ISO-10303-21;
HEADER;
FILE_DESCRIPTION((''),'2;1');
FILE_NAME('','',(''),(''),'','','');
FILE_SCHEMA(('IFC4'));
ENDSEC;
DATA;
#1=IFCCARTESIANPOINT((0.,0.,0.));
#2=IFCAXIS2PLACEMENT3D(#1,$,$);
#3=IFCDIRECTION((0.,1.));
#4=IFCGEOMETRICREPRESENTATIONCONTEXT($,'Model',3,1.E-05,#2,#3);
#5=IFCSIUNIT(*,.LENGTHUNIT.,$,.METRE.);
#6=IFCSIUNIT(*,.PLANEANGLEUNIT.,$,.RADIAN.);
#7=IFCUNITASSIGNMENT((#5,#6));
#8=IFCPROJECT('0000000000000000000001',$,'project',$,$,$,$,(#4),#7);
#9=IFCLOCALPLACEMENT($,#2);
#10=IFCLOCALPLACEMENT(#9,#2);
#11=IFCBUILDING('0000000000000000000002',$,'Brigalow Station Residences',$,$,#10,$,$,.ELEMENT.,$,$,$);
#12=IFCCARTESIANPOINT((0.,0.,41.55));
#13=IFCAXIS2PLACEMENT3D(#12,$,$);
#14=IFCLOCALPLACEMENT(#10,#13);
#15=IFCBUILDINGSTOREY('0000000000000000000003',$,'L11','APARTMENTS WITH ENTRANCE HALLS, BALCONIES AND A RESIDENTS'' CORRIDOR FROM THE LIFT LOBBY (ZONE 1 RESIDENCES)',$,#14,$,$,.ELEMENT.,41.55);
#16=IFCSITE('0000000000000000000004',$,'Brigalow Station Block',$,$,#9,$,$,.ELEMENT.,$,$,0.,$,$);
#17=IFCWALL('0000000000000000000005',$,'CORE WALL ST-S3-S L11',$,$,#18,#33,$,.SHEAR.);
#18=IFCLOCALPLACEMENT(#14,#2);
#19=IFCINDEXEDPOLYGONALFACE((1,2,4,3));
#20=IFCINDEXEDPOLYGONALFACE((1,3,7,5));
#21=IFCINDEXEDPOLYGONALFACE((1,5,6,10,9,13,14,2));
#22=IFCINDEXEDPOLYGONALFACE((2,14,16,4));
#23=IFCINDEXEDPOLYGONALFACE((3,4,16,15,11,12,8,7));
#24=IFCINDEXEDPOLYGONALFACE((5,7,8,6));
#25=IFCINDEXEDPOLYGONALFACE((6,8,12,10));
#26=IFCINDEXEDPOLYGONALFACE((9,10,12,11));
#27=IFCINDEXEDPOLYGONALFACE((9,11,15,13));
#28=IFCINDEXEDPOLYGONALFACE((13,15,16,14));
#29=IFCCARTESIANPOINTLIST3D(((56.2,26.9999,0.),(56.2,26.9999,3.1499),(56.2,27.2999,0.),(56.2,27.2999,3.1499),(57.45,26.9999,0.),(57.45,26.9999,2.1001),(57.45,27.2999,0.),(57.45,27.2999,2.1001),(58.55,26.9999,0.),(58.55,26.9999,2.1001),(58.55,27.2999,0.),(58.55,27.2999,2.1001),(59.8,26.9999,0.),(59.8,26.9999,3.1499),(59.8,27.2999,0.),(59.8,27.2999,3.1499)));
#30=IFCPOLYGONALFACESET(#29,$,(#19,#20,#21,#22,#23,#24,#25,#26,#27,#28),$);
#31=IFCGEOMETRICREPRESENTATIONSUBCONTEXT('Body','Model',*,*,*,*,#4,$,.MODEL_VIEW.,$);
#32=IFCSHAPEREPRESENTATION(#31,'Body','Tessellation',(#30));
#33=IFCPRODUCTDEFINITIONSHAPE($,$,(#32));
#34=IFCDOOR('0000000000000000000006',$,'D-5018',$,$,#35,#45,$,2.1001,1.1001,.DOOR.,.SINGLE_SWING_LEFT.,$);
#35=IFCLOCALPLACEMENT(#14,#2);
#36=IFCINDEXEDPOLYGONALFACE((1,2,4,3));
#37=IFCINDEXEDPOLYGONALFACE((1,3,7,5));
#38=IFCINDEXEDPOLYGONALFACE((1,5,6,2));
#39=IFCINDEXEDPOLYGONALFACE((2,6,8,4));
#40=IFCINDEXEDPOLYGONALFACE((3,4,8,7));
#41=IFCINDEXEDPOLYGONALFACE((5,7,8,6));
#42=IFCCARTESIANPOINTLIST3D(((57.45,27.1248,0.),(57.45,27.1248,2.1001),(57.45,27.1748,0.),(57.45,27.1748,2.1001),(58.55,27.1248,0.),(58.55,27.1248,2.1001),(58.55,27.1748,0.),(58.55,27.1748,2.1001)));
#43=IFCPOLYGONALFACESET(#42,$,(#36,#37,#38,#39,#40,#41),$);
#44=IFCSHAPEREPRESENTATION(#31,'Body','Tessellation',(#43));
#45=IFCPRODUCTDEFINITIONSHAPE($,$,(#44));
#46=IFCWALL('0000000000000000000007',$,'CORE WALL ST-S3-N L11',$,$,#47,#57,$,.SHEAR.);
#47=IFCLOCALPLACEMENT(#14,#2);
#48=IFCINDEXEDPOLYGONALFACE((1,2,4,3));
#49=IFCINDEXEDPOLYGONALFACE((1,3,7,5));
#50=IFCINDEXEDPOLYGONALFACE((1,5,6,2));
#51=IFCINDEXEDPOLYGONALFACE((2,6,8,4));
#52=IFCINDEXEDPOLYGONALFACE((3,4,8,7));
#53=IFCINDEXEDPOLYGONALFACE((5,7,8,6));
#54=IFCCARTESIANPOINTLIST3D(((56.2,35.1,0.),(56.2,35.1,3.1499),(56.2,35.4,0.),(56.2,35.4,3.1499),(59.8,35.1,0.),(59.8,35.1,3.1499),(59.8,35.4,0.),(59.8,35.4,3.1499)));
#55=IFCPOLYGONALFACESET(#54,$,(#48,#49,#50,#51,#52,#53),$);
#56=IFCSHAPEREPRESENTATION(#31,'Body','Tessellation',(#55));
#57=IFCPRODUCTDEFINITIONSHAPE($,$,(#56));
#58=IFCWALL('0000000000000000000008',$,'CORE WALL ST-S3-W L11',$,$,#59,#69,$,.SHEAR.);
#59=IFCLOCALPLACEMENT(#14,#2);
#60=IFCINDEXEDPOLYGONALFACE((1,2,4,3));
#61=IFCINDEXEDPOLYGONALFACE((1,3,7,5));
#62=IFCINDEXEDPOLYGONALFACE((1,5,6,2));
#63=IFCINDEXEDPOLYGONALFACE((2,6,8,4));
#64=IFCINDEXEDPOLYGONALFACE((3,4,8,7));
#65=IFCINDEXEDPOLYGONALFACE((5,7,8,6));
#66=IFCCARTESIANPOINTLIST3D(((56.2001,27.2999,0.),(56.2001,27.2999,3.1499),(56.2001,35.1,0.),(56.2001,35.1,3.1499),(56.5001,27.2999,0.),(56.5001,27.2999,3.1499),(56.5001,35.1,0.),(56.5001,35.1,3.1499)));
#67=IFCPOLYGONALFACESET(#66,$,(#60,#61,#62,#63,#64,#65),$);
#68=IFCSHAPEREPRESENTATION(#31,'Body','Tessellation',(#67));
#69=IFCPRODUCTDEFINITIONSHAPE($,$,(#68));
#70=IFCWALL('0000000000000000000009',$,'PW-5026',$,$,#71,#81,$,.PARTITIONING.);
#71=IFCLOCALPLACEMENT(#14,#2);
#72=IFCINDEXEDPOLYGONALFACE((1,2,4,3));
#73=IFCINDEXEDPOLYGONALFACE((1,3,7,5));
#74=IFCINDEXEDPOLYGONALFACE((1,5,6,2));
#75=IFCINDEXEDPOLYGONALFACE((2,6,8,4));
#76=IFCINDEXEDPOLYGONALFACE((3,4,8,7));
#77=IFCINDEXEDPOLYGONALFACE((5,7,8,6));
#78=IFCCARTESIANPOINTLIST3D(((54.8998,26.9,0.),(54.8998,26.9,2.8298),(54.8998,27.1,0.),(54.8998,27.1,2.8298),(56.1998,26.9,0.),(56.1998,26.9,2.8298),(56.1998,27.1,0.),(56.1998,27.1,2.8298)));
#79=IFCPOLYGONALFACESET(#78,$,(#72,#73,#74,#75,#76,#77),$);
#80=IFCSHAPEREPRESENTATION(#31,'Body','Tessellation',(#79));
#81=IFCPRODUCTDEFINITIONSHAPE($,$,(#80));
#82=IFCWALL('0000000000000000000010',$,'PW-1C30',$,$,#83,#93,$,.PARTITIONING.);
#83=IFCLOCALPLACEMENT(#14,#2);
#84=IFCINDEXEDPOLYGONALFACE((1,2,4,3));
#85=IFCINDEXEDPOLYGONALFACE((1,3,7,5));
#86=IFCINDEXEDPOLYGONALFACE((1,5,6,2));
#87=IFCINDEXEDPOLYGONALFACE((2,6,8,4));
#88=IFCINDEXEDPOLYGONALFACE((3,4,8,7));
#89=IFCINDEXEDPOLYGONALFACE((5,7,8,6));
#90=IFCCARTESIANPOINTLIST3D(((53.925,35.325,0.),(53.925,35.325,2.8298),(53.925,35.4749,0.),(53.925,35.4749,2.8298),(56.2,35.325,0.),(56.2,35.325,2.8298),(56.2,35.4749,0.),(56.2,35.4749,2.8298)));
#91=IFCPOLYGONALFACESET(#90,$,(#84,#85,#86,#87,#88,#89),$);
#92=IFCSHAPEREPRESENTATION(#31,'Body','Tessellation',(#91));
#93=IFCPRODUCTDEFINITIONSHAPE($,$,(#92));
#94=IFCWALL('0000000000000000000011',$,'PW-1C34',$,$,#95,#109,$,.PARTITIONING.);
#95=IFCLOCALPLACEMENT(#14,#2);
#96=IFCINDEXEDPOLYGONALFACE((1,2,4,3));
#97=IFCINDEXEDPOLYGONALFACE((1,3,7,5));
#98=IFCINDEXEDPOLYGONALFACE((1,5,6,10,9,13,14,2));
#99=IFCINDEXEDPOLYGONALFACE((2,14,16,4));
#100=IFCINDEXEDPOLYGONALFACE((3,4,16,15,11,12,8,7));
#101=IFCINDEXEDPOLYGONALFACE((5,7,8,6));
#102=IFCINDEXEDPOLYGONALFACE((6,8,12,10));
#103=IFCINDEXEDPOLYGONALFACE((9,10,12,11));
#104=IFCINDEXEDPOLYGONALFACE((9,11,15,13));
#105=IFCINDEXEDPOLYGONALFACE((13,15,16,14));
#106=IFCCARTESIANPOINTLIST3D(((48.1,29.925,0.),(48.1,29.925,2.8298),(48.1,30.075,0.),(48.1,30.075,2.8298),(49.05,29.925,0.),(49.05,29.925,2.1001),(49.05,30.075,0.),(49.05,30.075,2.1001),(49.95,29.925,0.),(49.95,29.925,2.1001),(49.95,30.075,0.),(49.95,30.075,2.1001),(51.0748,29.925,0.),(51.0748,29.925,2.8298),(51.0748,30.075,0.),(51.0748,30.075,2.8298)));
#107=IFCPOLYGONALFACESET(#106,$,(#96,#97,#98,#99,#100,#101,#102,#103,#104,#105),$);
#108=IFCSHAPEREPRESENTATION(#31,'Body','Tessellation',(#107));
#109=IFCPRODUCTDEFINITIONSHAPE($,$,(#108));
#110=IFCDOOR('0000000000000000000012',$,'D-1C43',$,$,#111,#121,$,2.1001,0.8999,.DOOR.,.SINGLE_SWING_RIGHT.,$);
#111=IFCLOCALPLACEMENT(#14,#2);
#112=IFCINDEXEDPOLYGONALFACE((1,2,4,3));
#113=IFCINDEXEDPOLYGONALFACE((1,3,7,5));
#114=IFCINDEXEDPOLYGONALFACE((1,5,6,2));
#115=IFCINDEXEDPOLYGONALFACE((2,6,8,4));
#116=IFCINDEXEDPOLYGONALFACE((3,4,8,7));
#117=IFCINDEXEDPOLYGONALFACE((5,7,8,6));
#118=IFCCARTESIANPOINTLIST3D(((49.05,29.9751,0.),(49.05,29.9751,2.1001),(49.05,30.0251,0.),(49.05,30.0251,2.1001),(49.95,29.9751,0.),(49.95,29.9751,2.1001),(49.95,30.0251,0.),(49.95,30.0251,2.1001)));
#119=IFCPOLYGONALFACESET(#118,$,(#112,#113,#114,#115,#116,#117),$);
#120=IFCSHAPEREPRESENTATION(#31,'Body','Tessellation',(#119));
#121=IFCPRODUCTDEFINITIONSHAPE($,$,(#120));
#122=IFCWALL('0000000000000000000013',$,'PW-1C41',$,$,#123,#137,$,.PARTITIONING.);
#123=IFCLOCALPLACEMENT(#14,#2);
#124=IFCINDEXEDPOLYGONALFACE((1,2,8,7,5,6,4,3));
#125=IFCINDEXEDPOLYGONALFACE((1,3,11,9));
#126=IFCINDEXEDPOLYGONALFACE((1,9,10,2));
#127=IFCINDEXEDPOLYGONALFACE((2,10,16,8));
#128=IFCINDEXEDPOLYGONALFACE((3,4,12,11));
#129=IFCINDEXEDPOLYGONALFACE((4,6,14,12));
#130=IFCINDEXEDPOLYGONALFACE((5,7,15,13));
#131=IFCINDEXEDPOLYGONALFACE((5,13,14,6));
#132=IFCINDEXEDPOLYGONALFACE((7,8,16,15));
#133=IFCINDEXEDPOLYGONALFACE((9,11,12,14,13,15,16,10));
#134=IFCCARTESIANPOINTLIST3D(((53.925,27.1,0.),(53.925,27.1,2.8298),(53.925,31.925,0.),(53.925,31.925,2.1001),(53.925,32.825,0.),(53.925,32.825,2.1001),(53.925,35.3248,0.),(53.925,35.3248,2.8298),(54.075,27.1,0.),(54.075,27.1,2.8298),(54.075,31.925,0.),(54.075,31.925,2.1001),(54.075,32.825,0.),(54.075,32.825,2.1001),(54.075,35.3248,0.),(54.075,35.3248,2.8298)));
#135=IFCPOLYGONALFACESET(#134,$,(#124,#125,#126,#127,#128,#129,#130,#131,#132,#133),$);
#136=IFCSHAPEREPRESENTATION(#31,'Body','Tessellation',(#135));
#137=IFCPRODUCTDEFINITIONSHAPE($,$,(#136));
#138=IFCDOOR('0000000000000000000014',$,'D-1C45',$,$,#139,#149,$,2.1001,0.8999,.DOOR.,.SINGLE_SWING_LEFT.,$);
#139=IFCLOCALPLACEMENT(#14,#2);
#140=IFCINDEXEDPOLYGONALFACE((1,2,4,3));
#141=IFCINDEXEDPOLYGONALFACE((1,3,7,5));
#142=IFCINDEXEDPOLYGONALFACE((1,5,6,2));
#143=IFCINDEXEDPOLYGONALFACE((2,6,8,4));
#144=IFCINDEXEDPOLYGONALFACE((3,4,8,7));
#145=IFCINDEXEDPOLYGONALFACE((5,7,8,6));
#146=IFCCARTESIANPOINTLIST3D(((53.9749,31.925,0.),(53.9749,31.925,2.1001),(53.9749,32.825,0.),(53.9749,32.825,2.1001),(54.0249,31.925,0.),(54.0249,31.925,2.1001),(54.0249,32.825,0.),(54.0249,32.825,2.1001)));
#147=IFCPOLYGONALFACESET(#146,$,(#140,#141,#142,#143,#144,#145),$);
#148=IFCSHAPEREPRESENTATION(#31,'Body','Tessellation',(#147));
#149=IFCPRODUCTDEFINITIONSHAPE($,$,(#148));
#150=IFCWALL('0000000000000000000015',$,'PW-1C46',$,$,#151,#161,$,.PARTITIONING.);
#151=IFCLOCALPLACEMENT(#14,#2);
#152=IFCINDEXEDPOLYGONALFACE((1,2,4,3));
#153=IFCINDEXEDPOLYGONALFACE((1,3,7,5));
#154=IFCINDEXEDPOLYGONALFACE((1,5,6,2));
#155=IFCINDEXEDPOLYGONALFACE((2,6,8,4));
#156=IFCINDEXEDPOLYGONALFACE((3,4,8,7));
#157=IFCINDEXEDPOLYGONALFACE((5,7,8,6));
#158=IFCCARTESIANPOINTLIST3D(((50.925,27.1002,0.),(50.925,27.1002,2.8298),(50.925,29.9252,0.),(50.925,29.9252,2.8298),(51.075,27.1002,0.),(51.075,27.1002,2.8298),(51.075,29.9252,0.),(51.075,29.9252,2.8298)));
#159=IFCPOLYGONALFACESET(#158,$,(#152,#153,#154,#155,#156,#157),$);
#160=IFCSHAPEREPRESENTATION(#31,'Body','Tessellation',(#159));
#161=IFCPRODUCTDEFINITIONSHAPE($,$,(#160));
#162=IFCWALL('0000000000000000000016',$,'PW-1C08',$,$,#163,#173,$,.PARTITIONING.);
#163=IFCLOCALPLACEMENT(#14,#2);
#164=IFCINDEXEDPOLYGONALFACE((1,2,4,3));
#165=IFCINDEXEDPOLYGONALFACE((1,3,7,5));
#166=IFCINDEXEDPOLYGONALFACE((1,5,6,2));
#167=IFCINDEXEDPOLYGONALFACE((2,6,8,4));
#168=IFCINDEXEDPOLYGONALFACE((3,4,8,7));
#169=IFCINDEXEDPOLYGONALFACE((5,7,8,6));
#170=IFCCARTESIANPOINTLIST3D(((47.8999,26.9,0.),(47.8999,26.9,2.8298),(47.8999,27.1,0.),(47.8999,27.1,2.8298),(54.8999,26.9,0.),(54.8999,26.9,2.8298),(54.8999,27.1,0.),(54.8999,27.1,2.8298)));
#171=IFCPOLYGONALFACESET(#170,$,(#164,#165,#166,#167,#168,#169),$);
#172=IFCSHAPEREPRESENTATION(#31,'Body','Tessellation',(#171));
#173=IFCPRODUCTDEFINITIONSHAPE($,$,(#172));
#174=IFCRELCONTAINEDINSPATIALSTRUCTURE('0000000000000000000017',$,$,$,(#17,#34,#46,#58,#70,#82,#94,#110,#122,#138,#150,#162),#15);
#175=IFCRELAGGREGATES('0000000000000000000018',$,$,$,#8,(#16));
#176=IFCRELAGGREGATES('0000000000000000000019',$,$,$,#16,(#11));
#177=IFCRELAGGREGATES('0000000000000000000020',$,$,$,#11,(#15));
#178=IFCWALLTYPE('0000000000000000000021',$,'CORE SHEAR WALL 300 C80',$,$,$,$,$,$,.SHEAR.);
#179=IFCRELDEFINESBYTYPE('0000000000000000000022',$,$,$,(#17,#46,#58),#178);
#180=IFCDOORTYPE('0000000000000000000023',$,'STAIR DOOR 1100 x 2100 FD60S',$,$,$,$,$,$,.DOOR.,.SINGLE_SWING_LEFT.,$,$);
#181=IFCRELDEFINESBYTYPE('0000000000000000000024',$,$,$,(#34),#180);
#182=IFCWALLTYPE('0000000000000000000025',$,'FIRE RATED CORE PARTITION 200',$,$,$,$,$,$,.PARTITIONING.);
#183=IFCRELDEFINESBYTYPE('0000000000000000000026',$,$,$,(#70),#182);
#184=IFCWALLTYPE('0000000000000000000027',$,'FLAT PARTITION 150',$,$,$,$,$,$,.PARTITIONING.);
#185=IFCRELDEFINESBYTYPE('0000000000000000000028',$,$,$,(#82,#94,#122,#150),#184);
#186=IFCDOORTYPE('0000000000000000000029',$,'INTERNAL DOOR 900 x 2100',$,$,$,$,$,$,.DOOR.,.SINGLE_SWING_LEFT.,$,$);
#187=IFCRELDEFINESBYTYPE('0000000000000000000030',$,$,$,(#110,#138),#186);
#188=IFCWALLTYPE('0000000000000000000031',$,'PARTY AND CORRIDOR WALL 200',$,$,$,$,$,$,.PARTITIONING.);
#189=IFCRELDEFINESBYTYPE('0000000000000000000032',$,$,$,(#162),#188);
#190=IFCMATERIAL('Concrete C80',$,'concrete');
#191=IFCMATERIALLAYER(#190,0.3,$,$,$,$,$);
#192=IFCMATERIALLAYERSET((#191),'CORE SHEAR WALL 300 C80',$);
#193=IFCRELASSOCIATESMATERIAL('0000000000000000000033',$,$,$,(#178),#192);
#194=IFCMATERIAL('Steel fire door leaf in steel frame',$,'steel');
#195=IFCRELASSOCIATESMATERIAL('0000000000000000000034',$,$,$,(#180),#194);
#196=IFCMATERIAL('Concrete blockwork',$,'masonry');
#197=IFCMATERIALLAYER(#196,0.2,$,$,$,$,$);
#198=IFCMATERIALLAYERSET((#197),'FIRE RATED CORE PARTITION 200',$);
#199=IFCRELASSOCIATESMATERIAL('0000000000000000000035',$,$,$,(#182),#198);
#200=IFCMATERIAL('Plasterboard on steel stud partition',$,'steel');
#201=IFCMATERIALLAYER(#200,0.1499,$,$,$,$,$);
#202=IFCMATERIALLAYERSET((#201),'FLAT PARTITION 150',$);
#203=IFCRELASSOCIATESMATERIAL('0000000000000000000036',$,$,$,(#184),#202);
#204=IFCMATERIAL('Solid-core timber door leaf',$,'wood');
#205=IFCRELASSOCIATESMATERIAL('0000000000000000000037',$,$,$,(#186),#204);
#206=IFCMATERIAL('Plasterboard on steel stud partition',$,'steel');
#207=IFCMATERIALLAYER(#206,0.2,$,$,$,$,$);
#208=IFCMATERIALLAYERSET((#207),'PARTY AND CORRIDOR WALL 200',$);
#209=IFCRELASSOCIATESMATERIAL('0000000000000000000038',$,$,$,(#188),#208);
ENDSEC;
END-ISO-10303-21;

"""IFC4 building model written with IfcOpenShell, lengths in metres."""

from ifc_helpers import new_model, si_unit, direction, frame, frame_2d, origin, place, context, subcontext, project, spatial, rectangle, extrude, material, layer, layer_set, type_object, element, fill, save


model = new_model("IFC4")

# Units and contexts
model_context = context("Model", 3, precision=1e-05, world=origin(), true_north=direction((0.0, 1.0)))
body_context = subcontext(model_context, "Body", "Model", "MODEL_VIEW")
ifc_project = project(units=[si_unit("LENGTHUNIT", "METRE"), si_unit("PLANEANGLEUNIT", "RADIAN")], contexts=[model_context])

# Site, building, storey
site_placement = place(None, origin())
site = spatial("IfcSite", under=ifc_project, at=site_placement, Name="Brigalow Station Block", CompositionType="ELEMENT", RefElevation=0.0)
building_placement = place(site_placement, origin())
building = spatial("IfcBuilding", under=site, at=building_placement, Name="Brigalow Station Residences", CompositionType="ELEMENT")
storey_placement = place(building_placement, frame((0.0, 0.0, 41.55)))
storey = spatial("IfcBuildingStorey", under=building, at=storey_placement, Name="L11", Description="APARTMENTS WITH ENTRANCE HALLS, BALCONIES AND A RESIDENTS' CORRIDOR FROM THE LIFT LOBBY (ZONE 1 RESIDENCES)", CompositionType="ELEMENT", Elevation=41.55)

# Wall, opening, door
ifc_material_1 = material(Name="Concrete C80", Category="concrete")
ifc_layer_1 = layer(ifc_material_1, 0.3)
ifc_layer_set_1 = layer_set([ifc_layer_1], Name="CORE SHEAR WALL 300 C80")
wall_type_1 = type_object("IfcWallType", Name="CORE SHEAR WALL 300 C80", PredefinedType="SHEAR", material=ifc_layer_set_1)
wall_1_placement = place(storey_placement, frame((56.2, 27.1499, 0.0), z_axis=(0.0, 0.0, 1.0), x_axis=(1.0, 0.0, 0.0)))
wall_1 = element("IfcWall", 1, at=wall_1_placement, inside=storey, type_object=wall_type_1, Name="CORE WALL ST-S3-S L11", PredefinedType="SHEAR", context=body_context, shape_type="SweptSolid", body=[
    extrude(rectangle(XDim=3.6001, YDim=0.3, at=frame_2d((1.8, 0.0))), origin(), (0.0, 0.0, 1.0), 3.1499),
])
opening_1_placement = place(wall_1_placement, frame((1.25, 0.0, 0.0)))
opening_1 = element("IfcOpeningElement", 2, at=opening_1_placement, cuts=wall_1, PredefinedType="OPENING", context=body_context, shape_type="SweptSolid", body=[
    extrude(rectangle(XDim=1.1001, YDim=2.1001, at=frame_2d((0.55, 1.05))), frame((0.0, 0.1602, 0.0), z_axis=(0.0, -1.0, 0.0), x_axis=(1.0, 0.0, 0.0)), (0.0, 0.0, 1.0), 0.3201),
])
ifc_material_2 = material(Name="Steel fire door leaf in steel frame", Category="steel")
door_type_1 = type_object("IfcDoorType", Name="STAIR DOOR 1100 x 2100 FD60S", OperationType="SINGLE_SWING_LEFT", PredefinedType="DOOR", material=ifc_material_2)
door_1_placement = place(opening_1_placement, origin())
door_1 = element("IfcDoor", 3, at=door_1_placement, inside=storey, type_object=door_type_1, Name="D-5018", OperationType="SINGLE_SWING_LEFT", OverallHeight=2.1001, OverallWidth=1.1001, PredefinedType="DOOR", context=body_context, shape_type="SweptSolid", body=[
    extrude(rectangle(XDim=1.1001, YDim=2.1001, at=frame_2d((0.55, 1.05))), frame((0.0, 0.0249, 0.0), z_axis=(0.0, -1.0, 0.0), x_axis=(1.0, 0.0, 0.0)), (0.0, 0.0, 1.0), 0.05),
])
fill(opening_1, door_1)

# Walls
wall_2_placement = place(storey_placement, frame((56.2, 35.25, 0.0), z_axis=(0.0, 0.0, 1.0), x_axis=(1.0, 0.0, 0.0)))
element("IfcWall", 4, at=wall_2_placement, inside=storey, type_object=wall_type_1, Name="CORE WALL ST-S3-N L11", PredefinedType="SHEAR", context=body_context, shape_type="SweptSolid", body=[
    extrude(rectangle(XDim=3.6001, YDim=0.3, at=frame_2d((1.8, 0.0))), origin(), (0.0, 0.0, 1.0), 3.1499),
])
wall_3_placement = place(storey_placement, frame((56.3501, 27.3, 0.0), z_axis=(0.0, 0.0, 1.0), x_axis=(0.0, 1.0, 0.0)))
element("IfcWall", 5, at=wall_3_placement, inside=storey, type_object=wall_type_1, Name="CORE WALL ST-S3-W L11", PredefinedType="SHEAR", context=body_context, shape_type="SweptSolid", body=[
    extrude(rectangle(XDim=7.8, YDim=0.3, at=frame_2d((3.8999, 0.0))), origin(), (0.0, 0.0, 1.0), 3.1499),
])
ifc_material_3 = material(Name="Concrete blockwork", Category="masonry")
ifc_layer_2 = layer(ifc_material_3, 0.2)
ifc_layer_set_2 = layer_set([ifc_layer_2], Name="FIRE RATED CORE PARTITION 200")
wall_type_2 = type_object("IfcWallType", Name="FIRE RATED CORE PARTITION 200", PredefinedType="PARTITIONING", material=ifc_layer_set_2)
wall_4_placement = place(storey_placement, frame((54.8999, 27.0, 0.0), z_axis=(0.0, 0.0, 1.0), x_axis=(1.0, 0.0, 0.0)))
element("IfcWall", 6, at=wall_4_placement, inside=storey, type_object=wall_type_2, Name="PW-5026", PredefinedType="PARTITIONING", context=body_context, shape_type="SweptSolid", body=[
    extrude(rectangle(XDim=1.3, YDim=0.2, at=frame_2d((0.6499, 0.0))), origin(), (0.0, 0.0, 1.0), 2.8298),
])
ifc_material_4 = material(Name="Plasterboard on steel stud partition", Category="steel")
ifc_layer_3 = layer(ifc_material_4, 0.1499)
ifc_layer_set_3 = layer_set([ifc_layer_3], Name="FLAT PARTITION 150")
wall_type_3 = type_object("IfcWallType", Name="FLAT PARTITION 150", PredefinedType="PARTITIONING", material=ifc_layer_set_3)
wall_5_placement = place(storey_placement, frame((53.925, 35.3999, 0.0), z_axis=(0.0, 0.0, 1.0), x_axis=(1.0, 0.0, 0.0)))
element("IfcWall", 7, at=wall_5_placement, inside=storey, type_object=wall_type_3, Name="PW-1C30", PredefinedType="PARTITIONING", context=body_context, shape_type="SweptSolid", body=[
    extrude(rectangle(XDim=2.2749, YDim=0.1499, at=frame_2d((1.1375, 0.0))), origin(), (0.0, 0.0, 1.0), 2.8298),
])

# Walls, openings, doors
wall_6_placement = place(storey_placement, frame((48.1001, 30.0, 0.0), z_axis=(0.0, 0.0, 1.0), x_axis=(1.0, 0.0, 0.0)))
wall_6 = element("IfcWall", 8, at=wall_6_placement, inside=storey, type_object=wall_type_3, Name="PW-1C34", PredefinedType="PARTITIONING", context=body_context, shape_type="SweptSolid", body=[
    extrude(rectangle(XDim=2.9749, YDim=0.1499, at=frame_2d((1.4873, 0.0))), origin(), (0.0, 0.0, 1.0), 2.8298),
])
opening_2_placement = place(wall_6_placement, frame((0.95, 0.0, 0.0)))
opening_2 = element("IfcOpeningElement", 9, at=opening_2_placement, cuts=wall_6, PredefinedType="OPENING", context=body_context, shape_type="SweptSolid", body=[
    extrude(rectangle(XDim=0.8999, YDim=2.1001, at=frame_2d((0.45, 1.05))), frame((0.0, 0.085, 0.0), z_axis=(0.0, -1.0, 0.0), x_axis=(1.0, 0.0, 0.0)), (0.0, 0.0, 1.0), 0.1699),
])
ifc_material_5 = material(Name="Solid-core timber door leaf", Category="wood")
door_type_2 = type_object("IfcDoorType", Name="INTERNAL DOOR 900 x 2100", OperationType="SINGLE_SWING_LEFT", PredefinedType="DOOR", material=ifc_material_5)
door_2_placement = place(opening_2_placement, frame((0.8999, 0.0, 0.0), z_axis=(0.0, 0.0, 1.0), x_axis=(-1.0, 0.0, 0.0)))
door_2 = element("IfcDoor", 10, at=door_2_placement, inside=storey, type_object=door_type_2, Name="D-1C43", OperationType="SINGLE_SWING_RIGHT", OverallHeight=2.1001, OverallWidth=0.8999, PredefinedType="DOOR", context=body_context, shape_type="SweptSolid", body=[
    extrude(rectangle(XDim=0.8999, YDim=2.1001, at=frame_2d((0.45, 1.05))), frame((0.0, 0.0249, 0.0), z_axis=(0.0, -1.0, 0.0), x_axis=(1.0, 0.0, 0.0)), (0.0, 0.0, 1.0), 0.05),
])
fill(opening_2, door_2)
wall_7_placement = place(storey_placement, frame((54.0, 27.1001, 0.0), z_axis=(0.0, 0.0, 1.0), x_axis=(0.0, 1.0, 0.0)))
wall_7 = element("IfcWall", 11, at=wall_7_placement, inside=storey, type_object=wall_type_3, Name="PW-1C41", PredefinedType="PARTITIONING", context=body_context, shape_type="SweptSolid", body=[
    extrude(rectangle(XDim=8.2249, YDim=0.1499, at=frame_2d((4.1123, 0.0))), origin(), (0.0, 0.0, 1.0), 2.8298),
])
opening_3_placement = place(wall_7_placement, frame((4.825, 0.0, 0.0)))
opening_3 = element("IfcOpeningElement", 12, at=opening_3_placement, cuts=wall_7, PredefinedType="OPENING", context=body_context, shape_type="SweptSolid", body=[
    extrude(rectangle(XDim=0.8999, YDim=2.1001, at=frame_2d((0.45, 1.05))), frame((0.0, 0.085, 0.0), z_axis=(0.0, -1.0, 0.0), x_axis=(1.0, 0.0, 0.0)), (0.0, 0.0, 1.0), 0.1699),
])
door_3_placement = place(opening_3_placement, frame((0.8999, 0.0, 0.0), z_axis=(0.0, 0.0, 1.0), x_axis=(-1.0, 0.0, 0.0)))
door_3 = element("IfcDoor", 13, at=door_3_placement, inside=storey, type_object=door_type_2, Name="D-1C45", OperationType="SINGLE_SWING_LEFT", OverallHeight=2.1001, OverallWidth=0.8999, PredefinedType="DOOR", context=body_context, shape_type="SweptSolid", body=[
    extrude(rectangle(XDim=0.8999, YDim=2.1001, at=frame_2d((0.45, 1.05))), frame((0.0, 0.0249, 0.0), z_axis=(0.0, -1.0, 0.0), x_axis=(1.0, 0.0, 0.0)), (0.0, 0.0, 1.0), 0.05),
])
fill(opening_3, door_3)

# Walls
wall_8_placement = place(storey_placement, frame((51.0, 27.1001, 0.0), z_axis=(0.0, 0.0, 1.0), x_axis=(0.0, 1.0, 0.0)))
element("IfcWall", 14, at=wall_8_placement, inside=storey, type_object=wall_type_3, Name="PW-1C46", PredefinedType="PARTITIONING", context=body_context, shape_type="SweptSolid", body=[
    extrude(rectangle(XDim=2.825, YDim=0.1499, at=frame_2d((1.4126, 0.0))), origin(), (0.0, 0.0, 1.0), 2.8298),
])
ifc_material_6 = material(Name="Plasterboard on steel stud partition", Category="steel")
ifc_layer_4 = layer(ifc_material_6, 0.2)
ifc_layer_set_4 = layer_set([ifc_layer_4], Name="PARTY AND CORRIDOR WALL 200")
wall_type_4 = type_object("IfcWallType", Name="PARTY AND CORRIDOR WALL 200", PredefinedType="PARTITIONING", material=ifc_layer_set_4)
wall_9_placement = place(storey_placement, frame((47.8999, 27.0, 0.0), z_axis=(0.0, 0.0, 1.0), x_axis=(1.0, 0.0, 0.0)))
element("IfcWall", 15, at=wall_9_placement, inside=storey, type_object=wall_type_4, Name="PW-1C08", PredefinedType="PARTITIONING", context=body_context, shape_type="SweptSolid", body=[
    extrude(rectangle(XDim=7.0, YDim=0.2, at=frame_2d((3.5, 0.0))), origin(), (0.0, 0.0, 1.0), 2.8298),
])

save(model, "model.ifc")
